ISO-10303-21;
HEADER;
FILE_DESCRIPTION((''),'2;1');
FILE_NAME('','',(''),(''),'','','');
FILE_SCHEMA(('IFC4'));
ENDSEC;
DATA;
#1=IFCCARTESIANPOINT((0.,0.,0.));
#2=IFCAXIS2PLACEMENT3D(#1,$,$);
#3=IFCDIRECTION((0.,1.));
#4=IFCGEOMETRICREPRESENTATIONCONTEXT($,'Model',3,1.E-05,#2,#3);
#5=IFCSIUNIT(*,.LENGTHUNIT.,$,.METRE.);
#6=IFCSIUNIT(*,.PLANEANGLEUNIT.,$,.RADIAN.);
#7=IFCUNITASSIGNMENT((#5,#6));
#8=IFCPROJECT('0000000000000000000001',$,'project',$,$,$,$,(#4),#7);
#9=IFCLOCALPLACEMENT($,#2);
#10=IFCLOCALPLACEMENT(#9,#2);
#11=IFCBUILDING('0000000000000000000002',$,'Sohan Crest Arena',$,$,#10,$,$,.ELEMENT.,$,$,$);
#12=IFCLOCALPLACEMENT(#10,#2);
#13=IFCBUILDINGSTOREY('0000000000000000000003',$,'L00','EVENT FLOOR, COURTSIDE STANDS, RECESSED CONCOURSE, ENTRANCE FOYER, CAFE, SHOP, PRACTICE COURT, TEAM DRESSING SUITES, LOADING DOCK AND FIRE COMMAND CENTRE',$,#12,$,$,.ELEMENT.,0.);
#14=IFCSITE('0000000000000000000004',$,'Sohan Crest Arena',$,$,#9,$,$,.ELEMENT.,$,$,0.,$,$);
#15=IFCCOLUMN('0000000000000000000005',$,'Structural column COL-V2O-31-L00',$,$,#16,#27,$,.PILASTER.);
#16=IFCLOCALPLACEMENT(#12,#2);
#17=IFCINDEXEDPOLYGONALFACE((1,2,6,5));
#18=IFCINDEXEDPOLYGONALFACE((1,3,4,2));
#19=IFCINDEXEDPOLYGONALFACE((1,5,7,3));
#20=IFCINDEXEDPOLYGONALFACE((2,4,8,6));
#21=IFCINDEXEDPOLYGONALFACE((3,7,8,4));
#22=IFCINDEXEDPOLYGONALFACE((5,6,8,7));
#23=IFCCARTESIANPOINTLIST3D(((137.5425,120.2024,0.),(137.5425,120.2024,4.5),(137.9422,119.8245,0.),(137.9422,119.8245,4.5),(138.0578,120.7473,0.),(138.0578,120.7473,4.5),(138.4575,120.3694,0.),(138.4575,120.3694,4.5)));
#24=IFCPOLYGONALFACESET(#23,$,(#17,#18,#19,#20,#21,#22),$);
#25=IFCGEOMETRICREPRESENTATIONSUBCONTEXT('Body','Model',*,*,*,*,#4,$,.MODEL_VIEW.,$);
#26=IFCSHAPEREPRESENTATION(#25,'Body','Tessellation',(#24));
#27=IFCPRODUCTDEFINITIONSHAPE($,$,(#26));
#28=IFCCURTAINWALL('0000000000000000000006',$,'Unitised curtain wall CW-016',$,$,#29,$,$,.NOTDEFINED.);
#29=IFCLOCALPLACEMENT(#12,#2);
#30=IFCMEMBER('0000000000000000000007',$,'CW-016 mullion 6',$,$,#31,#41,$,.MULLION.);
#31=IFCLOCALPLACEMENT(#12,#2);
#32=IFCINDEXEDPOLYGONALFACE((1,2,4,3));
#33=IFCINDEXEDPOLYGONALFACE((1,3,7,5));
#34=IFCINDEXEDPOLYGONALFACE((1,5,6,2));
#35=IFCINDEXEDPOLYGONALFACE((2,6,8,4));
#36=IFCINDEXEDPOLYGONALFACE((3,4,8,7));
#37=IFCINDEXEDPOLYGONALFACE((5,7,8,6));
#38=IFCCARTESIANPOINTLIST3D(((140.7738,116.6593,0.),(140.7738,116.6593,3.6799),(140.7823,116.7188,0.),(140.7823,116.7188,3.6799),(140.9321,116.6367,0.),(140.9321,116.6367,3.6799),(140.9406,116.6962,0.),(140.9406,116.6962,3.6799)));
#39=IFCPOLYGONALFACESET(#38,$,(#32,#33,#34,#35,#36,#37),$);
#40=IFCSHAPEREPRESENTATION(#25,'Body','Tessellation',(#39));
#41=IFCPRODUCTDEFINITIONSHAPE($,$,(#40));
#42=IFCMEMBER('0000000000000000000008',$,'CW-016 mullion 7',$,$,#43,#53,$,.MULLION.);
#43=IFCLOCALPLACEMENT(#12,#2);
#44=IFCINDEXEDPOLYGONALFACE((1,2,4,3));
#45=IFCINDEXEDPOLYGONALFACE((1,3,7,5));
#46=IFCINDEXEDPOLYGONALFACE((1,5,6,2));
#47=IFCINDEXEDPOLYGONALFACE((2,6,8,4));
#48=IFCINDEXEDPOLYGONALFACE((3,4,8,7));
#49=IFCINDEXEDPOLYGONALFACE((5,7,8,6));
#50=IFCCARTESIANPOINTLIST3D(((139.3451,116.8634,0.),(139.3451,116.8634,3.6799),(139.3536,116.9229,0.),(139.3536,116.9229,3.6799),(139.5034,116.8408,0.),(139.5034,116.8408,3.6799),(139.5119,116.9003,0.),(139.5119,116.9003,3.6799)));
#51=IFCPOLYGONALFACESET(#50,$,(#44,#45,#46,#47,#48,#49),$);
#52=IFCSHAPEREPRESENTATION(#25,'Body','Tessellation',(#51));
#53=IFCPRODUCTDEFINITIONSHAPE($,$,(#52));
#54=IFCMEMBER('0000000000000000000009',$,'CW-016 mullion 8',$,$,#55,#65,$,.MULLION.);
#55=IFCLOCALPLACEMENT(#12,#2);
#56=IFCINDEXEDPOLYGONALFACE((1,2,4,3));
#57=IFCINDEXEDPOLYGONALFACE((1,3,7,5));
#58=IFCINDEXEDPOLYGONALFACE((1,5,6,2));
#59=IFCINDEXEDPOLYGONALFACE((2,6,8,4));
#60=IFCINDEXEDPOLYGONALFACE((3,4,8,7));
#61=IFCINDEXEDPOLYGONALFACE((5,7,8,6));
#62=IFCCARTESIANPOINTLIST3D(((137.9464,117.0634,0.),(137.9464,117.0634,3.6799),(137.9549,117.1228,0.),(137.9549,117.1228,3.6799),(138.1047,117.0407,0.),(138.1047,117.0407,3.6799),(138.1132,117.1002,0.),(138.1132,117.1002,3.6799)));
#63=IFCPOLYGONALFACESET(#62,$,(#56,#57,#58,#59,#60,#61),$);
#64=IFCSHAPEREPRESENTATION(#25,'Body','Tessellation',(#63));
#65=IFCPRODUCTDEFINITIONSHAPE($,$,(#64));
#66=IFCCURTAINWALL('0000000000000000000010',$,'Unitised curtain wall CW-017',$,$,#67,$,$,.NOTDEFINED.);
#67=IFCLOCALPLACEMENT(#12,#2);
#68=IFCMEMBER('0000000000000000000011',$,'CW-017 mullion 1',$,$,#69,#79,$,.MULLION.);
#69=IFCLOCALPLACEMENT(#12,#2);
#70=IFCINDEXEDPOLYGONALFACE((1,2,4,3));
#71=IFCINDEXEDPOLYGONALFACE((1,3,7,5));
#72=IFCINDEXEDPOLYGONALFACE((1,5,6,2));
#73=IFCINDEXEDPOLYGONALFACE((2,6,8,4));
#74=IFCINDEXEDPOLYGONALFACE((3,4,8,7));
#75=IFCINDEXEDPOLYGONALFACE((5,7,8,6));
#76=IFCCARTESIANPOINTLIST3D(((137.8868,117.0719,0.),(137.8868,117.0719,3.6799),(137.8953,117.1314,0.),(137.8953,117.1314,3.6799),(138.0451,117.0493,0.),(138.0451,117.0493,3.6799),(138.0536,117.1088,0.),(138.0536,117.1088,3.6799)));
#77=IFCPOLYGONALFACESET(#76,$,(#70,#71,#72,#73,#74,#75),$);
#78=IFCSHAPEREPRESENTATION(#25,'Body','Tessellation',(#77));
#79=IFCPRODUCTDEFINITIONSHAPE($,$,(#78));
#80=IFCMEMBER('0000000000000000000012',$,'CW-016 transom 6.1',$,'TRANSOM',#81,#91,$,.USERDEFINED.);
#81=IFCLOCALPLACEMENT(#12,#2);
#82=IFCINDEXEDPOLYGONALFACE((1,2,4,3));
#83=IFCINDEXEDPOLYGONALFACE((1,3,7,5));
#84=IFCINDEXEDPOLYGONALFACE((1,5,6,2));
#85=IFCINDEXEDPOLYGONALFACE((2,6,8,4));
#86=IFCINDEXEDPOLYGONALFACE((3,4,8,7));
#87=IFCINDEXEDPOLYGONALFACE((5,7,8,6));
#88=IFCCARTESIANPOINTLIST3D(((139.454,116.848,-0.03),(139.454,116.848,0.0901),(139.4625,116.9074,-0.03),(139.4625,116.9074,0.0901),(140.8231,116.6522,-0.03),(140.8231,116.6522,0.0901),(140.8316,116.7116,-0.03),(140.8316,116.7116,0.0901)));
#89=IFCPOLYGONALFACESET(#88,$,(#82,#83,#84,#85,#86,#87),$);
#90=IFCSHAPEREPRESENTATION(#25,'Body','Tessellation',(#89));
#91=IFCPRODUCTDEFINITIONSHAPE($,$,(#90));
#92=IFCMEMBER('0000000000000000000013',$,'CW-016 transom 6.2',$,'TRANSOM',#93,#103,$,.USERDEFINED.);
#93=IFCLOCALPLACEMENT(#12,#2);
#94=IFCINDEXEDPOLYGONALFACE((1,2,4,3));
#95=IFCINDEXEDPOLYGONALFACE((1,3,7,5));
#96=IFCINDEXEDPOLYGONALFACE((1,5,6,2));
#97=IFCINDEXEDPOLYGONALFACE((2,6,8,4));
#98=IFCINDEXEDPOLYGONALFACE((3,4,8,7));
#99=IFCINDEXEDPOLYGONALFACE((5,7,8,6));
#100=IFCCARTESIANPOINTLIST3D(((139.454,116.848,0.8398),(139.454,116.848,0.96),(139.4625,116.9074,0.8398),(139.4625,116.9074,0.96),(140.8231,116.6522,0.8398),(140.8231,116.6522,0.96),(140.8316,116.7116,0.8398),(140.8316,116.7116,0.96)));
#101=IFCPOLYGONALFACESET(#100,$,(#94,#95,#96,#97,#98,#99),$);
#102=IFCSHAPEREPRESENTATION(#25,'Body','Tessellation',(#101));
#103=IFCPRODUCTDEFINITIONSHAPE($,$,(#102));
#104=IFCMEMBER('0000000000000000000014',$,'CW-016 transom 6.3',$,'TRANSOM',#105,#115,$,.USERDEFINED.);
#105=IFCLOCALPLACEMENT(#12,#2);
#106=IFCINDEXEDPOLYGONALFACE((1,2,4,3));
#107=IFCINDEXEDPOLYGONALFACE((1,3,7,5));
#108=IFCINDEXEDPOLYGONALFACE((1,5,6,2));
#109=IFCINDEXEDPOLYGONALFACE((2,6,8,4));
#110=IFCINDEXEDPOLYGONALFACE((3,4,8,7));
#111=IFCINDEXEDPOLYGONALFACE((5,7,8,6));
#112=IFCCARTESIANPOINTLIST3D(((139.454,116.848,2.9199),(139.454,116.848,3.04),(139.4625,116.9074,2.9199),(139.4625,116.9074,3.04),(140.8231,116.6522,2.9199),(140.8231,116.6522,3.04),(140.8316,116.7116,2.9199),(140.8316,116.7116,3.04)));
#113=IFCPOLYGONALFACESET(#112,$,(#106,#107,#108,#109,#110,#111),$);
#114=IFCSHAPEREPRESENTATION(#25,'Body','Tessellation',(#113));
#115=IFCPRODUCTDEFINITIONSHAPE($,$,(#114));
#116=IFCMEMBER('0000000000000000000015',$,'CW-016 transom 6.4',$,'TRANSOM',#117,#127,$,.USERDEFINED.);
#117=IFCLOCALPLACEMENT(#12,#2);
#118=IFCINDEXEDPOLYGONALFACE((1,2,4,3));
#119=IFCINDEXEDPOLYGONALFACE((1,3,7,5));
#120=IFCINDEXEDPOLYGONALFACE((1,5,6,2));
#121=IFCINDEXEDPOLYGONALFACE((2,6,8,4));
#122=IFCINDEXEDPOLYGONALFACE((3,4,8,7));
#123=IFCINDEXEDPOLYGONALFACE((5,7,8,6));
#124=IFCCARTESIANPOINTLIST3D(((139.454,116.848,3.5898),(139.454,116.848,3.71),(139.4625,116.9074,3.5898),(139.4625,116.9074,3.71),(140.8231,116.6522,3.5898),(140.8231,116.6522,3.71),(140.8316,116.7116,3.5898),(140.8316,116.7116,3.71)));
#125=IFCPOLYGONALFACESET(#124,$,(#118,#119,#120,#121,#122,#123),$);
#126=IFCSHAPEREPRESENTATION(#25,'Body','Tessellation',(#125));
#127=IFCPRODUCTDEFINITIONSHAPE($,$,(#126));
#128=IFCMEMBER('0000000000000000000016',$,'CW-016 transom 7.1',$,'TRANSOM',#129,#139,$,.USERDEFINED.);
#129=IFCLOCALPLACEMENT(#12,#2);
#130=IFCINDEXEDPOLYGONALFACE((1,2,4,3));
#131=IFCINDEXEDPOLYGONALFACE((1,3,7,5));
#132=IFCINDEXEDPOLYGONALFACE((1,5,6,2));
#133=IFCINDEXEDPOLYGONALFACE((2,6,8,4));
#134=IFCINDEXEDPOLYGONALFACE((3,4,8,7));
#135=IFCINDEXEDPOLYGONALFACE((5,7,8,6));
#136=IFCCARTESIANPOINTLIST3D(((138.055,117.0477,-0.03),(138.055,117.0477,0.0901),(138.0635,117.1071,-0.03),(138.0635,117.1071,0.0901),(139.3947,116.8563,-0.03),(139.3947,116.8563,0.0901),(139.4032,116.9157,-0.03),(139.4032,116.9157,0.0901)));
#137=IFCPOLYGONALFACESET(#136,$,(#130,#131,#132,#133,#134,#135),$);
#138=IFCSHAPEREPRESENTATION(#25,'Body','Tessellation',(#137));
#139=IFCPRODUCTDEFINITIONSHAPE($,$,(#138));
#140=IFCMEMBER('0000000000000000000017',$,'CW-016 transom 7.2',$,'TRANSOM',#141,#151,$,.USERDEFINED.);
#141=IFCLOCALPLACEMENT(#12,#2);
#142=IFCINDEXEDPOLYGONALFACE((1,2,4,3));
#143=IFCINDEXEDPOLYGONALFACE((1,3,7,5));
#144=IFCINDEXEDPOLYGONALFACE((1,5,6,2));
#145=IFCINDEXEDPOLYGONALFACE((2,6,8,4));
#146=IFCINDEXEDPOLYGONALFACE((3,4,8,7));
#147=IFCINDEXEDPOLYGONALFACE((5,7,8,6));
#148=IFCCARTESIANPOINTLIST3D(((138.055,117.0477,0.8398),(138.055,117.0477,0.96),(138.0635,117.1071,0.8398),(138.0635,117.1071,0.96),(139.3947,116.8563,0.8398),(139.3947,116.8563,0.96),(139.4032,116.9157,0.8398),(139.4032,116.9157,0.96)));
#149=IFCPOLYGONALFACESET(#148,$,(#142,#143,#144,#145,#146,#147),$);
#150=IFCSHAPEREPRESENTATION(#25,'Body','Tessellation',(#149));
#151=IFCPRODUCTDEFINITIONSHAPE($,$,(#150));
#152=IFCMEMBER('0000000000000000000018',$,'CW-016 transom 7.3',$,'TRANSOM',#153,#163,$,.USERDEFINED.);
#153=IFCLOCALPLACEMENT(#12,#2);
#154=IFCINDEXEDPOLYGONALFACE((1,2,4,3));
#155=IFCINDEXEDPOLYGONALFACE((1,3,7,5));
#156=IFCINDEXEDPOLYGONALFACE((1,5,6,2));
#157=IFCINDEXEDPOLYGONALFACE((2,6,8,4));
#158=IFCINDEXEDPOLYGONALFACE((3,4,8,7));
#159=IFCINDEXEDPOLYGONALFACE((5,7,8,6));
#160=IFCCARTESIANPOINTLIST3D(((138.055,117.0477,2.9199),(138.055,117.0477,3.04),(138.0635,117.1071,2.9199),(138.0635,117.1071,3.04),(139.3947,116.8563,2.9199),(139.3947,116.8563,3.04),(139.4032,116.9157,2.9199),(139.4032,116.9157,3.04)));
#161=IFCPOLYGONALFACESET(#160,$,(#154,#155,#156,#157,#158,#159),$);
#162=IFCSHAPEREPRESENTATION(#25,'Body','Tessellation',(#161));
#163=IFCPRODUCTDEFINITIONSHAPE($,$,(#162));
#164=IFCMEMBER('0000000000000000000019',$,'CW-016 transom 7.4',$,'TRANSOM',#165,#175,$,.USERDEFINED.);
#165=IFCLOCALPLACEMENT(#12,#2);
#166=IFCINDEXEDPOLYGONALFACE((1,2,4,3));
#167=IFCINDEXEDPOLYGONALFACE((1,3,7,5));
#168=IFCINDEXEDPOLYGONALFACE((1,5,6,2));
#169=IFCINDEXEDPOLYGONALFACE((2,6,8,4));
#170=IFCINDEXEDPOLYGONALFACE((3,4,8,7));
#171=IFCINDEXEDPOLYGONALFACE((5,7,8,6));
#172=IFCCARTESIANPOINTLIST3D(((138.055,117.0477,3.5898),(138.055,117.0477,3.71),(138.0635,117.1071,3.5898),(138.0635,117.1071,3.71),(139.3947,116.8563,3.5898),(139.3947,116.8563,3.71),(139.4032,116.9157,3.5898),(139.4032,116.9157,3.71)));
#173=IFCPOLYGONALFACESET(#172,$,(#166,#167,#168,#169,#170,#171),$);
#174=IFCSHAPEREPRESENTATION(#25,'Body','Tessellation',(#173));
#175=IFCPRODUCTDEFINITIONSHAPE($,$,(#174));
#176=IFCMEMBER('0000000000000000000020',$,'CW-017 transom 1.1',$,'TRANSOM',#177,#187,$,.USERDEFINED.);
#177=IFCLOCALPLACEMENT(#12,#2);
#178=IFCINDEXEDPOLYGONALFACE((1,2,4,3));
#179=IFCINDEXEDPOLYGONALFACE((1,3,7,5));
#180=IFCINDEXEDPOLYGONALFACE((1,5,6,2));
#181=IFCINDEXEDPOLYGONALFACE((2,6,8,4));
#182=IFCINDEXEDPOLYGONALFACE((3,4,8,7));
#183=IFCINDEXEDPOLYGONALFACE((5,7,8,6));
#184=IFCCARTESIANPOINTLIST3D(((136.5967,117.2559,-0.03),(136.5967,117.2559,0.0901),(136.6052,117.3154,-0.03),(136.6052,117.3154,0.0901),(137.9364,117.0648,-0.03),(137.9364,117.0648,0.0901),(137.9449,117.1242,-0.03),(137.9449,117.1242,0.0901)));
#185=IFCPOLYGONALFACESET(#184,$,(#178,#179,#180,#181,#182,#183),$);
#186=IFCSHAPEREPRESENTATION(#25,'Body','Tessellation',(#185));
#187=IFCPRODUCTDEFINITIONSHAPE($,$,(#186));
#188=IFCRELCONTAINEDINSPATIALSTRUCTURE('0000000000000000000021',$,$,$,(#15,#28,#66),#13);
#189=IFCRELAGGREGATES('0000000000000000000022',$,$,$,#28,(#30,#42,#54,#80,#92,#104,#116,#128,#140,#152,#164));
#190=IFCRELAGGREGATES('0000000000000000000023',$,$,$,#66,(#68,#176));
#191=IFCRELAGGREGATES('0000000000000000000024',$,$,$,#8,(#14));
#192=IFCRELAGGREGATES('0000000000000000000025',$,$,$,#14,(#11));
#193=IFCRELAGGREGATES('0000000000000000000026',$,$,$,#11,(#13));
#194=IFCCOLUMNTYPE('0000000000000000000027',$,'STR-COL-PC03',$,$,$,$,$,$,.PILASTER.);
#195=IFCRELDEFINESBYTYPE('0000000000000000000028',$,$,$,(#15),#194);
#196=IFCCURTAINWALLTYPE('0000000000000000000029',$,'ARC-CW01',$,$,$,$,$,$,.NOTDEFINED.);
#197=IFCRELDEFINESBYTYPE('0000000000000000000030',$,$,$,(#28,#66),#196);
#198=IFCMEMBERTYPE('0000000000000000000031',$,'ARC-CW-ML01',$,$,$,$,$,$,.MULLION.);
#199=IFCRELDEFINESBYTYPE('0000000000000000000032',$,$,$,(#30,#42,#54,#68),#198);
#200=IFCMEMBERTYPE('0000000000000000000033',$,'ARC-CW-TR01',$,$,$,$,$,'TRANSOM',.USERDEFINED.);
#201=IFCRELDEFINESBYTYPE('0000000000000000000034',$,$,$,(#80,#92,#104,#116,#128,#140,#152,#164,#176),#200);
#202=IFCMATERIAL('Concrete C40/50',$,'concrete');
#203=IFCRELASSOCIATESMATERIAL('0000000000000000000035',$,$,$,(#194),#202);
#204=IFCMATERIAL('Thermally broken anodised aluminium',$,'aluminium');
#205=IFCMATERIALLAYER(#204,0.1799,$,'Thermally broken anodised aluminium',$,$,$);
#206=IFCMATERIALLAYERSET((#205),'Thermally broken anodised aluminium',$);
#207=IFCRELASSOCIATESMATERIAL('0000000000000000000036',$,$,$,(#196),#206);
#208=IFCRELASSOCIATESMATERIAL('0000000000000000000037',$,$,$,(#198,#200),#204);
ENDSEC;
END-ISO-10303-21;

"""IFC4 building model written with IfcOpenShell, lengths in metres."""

from ifc_helpers import new_model, si_unit, direction, frame, origin, origin_2d, place, context, subcontext, project, spatial, rectangle, extrude, material, layer, layer_set, material_profile, profile_set, type_object, element, aggregate, save


model = new_model("IFC4")

# Units and contexts
model_context = context("Model", 3, precision=1e-05, world=origin(), true_north=direction((0.0, 1.0)))
body_context = subcontext(model_context, "Body", "Model", "MODEL_VIEW")
ifc_project = project(units=[si_unit("LENGTHUNIT", "METRE"), si_unit("PLANEANGLEUNIT", "RADIAN")], contexts=[model_context])

# Site, building, storey
site_placement = place(None, origin())
site = spatial("IfcSite", under=ifc_project, at=site_placement, Name="Sohan Crest Arena", CompositionType="ELEMENT", RefElevation=0.0)
building_placement = place(site_placement, origin())
building = spatial("IfcBuilding", under=site, at=building_placement, Name="Sohan Crest Arena", CompositionType="ELEMENT")
storey_placement = place(building_placement, origin())
storey = spatial("IfcBuildingStorey", under=building, at=storey_placement, Name="L00", Description="EVENT FLOOR, COURTSIDE STANDS, RECESSED CONCOURSE, ENTRANCE FOYER, CAFE, SHOP, PRACTICE COURT, TEAM DRESSING SUITES, LOADING DOCK AND FIRE COMMAND CENTRE", CompositionType="ELEMENT", Elevation=0.0)

# Column
ifc_material_1 = material(Name="Concrete C40/50", Category="concrete")
ifc_material_profile_1 = material_profile(ifc_material_1, rectangle(XDim=0.75, YDim=0.55, at=origin_2d()), Name="RC 750x550")
ifc_profile_set_1 = profile_set([ifc_material_profile_1], Name="Concrete C40/50")
column_type = type_object("IfcColumnType", Name="STR-COL-PC03", PredefinedType="PILASTER", material=ifc_profile_set_1)
column_placement = place(storey_placement, frame((138.0, 120.2859, 0.0), z_axis=(0.0, 0.0, 1.0), x_axis=(0.687088, 0.726575, 0.0)))
element("IfcColumn", 1, at=column_placement, inside=storey, type_object=column_type, Name="Structural column COL-V2O-31-L00", PredefinedType="PILASTER", context=body_context, shape_type="SweptSolid", body=[
    extrude(rectangle(XDim=0.75, YDim=0.55, at=origin_2d()), origin(), (0.0, 0.0, 1.0), 4.5),
])

# Curtain wall, members
ifc_material_2 = material(Name="Thermally broken anodised aluminium", Category="aluminium")
ifc_layer_1 = layer(ifc_material_2, 0.1799, Name="Thermally broken anodised aluminium")
ifc_layer_set_1 = layer_set([ifc_layer_1], Name="Thermally broken anodised aluminium")
curtain_wall_type = type_object("IfcCurtainWallType", Name="ARC-CW01", PredefinedType="NOTDEFINED", material=ifc_layer_set_1)
curtain_wall_1_placement = place(storey_placement, origin())
curtain_wall_1 = element("IfcCurtainWall", 2, at=curtain_wall_1_placement, inside=storey, type_object=curtain_wall_type, Name="Unitised curtain wall CW-016", PredefinedType="NOTDEFINED")
ifc_material_profile_2 = material_profile(ifc_material_2, rectangle(XDim=0.0601, YDim=0.1599, at=origin_2d()), Name="ALU-MULL 60x160")
ifc_profile_set_2 = profile_set([ifc_material_profile_2], Name="Thermally broken anodised aluminium")
member_type_1 = type_object("IfcMemberType", Name="ARC-CW-ML01", PredefinedType="MULLION", material=ifc_profile_set_2)
member_1_placement = place(storey_placement, frame((140.8572, 116.6777, 0.0), z_axis=(0.0, 0.0, 1.0), x_axis=(-0.141463, -0.989944, 0.0)))
member_1 = element("IfcMember", 3, at=member_1_placement, type_object=member_type_1, Name="CW-016 mullion 6", PredefinedType="MULLION", context=body_context, shape_type="SweptSolid", body=[
    extrude(rectangle(XDim=0.0601, YDim=0.1599, at=origin_2d()), origin(), (0.0, 0.0, 1.0), 3.6799),
])
member_2_placement = place(storey_placement, frame((139.4285, 116.8818, 0.0), z_axis=(0.0, 0.0, 1.0), x_axis=(-0.141463, -0.989944, 0.0)))
member_2 = element("IfcMember", 4, at=member_2_placement, type_object=member_type_1, Name="CW-016 mullion 7", PredefinedType="MULLION", context=body_context, shape_type="SweptSolid", body=[
    extrude(rectangle(XDim=0.0601, YDim=0.1599, at=origin_2d()), origin(), (0.0, 0.0, 1.0), 3.6799),
])
member_3_placement = place(storey_placement, frame((138.0298, 117.0818, 0.0), z_axis=(0.0, 0.0, 1.0), x_axis=(-0.141463, -0.989944, 0.0)))
member_3 = element("IfcMember", 5, at=member_3_placement, type_object=member_type_1, Name="CW-016 mullion 8", PredefinedType="MULLION", context=body_context, shape_type="SweptSolid", body=[
    extrude(rectangle(XDim=0.0601, YDim=0.1599, at=origin_2d()), origin(), (0.0, 0.0, 1.0), 3.6799),
])

# Curtain wall, member
curtain_wall_2_placement = place(storey_placement, origin())
curtain_wall_2 = element("IfcCurtainWall", 6, at=curtain_wall_2_placement, inside=storey, type_object=curtain_wall_type, Name="Unitised curtain wall CW-017", PredefinedType="NOTDEFINED")
member_4_placement = place(storey_placement, frame((137.9702, 117.0903, 0.0), z_axis=(0.0, 0.0, 1.0), x_axis=(-0.141366, -0.989957, 0.0)))
member_4 = element("IfcMember", 7, at=member_4_placement, type_object=member_type_1, Name="CW-017 mullion 1", PredefinedType="MULLION", context=body_context, shape_type="SweptSolid", body=[
    extrude(rectangle(XDim=0.0601, YDim=0.1599, at=origin_2d()), origin(), (0.0, 0.0, 1.0), 3.6799),
])

# Members
ifc_material_profile_3 = material_profile(ifc_material_2, rectangle(XDim=0.0601, YDim=0.1201, at=origin_2d()), Name="ALU-TRAN 60x120")
ifc_profile_set_3 = profile_set([ifc_material_profile_3], Name="Thermally broken anodised aluminium")
member_type_2 = type_object("IfcMemberType", Name="ARC-CW-TR01", ElementType="TRANSOM", PredefinedType="USERDEFINED", material=ifc_profile_set_3)
member_5_placement = place(storey_placement, frame((140.8274, 116.6819, 0.03), z_axis=(-0.989928, 0.14157, 0.0), x_axis=(-0.14157, -0.989928, 0.0)))
member_5 = element("IfcMember", 8, at=member_5_placement, type_object=member_type_2, Name="CW-016 transom 6.1", ObjectType="TRANSOM", PredefinedType="USERDEFINED", context=body_context, shape_type="SweptSolid", body=[
    extrude(rectangle(XDim=0.0601, YDim=0.1201, at=origin_2d()), origin(), (0.0, 0.0, 1.0), 1.3831),
])
member_6_placement = place(storey_placement, frame((140.8274, 116.6819, 0.8999), z_axis=(-0.989928, 0.14157, 0.0), x_axis=(-0.14157, -0.989928, 0.0)))
member_6 = element("IfcMember", 9, at=member_6_placement, type_object=member_type_2, Name="CW-016 transom 6.2", ObjectType="TRANSOM", PredefinedType="USERDEFINED", context=body_context, shape_type="SweptSolid", body=[
    extrude(rectangle(XDim=0.0601, YDim=0.1201, at=origin_2d()), origin(), (0.0, 0.0, 1.0), 1.3831),
])
member_7_placement = place(storey_placement, frame((140.8274, 116.6819, 2.98), z_axis=(-0.989928, 0.14157, 0.0), x_axis=(-0.14157, -0.989928, 0.0)))
member_7 = element("IfcMember", 10, at=member_7_placement, type_object=member_type_2, Name="CW-016 transom 6.3", ObjectType="TRANSOM", PredefinedType="USERDEFINED", context=body_context, shape_type="SweptSolid", body=[
    extrude(rectangle(XDim=0.0601, YDim=0.1201, at=origin_2d()), origin(), (0.0, 0.0, 1.0), 1.3831),
])
member_8_placement = place(storey_placement, frame((140.8274, 116.6819, 3.6499), z_axis=(-0.989928, 0.14157, 0.0), x_axis=(-0.14157, -0.989928, 0.0)))
member_8 = element("IfcMember", 11, at=member_8_placement, type_object=member_type_2, Name="CW-016 transom 6.4", ObjectType="TRANSOM", PredefinedType="USERDEFINED", context=body_context, shape_type="SweptSolid", body=[
    extrude(rectangle(XDim=0.0601, YDim=0.1201, at=origin_2d()), origin(), (0.0, 0.0, 1.0), 1.3831),
])
member_9_placement = place(storey_placement, frame((139.3989, 116.886, 0.03), z_axis=(-0.989946, 0.141447, 0.0), x_axis=(-0.141447, -0.989946, 0.0)))
member_9 = element("IfcMember", 12, at=member_9_placement, type_object=member_type_2, Name="CW-016 transom 7.1", ObjectType="TRANSOM", PredefinedType="USERDEFINED", context=body_context, shape_type="SweptSolid", body=[
    extrude(rectangle(XDim=0.0601, YDim=0.1201, at=origin_2d()), origin(), (0.0, 0.0, 1.0), 1.3533),
])
member_10_placement = place(storey_placement, frame((139.3989, 116.886, 0.8999), z_axis=(-0.989946, 0.141447, 0.0), x_axis=(-0.141447, -0.989946, 0.0)))
member_10 = element("IfcMember", 13, at=member_10_placement, type_object=member_type_2, Name="CW-016 transom 7.2", ObjectType="TRANSOM", PredefinedType="USERDEFINED", context=body_context, shape_type="SweptSolid", body=[
    extrude(rectangle(XDim=0.0601, YDim=0.1201, at=origin_2d()), origin(), (0.0, 0.0, 1.0), 1.3533),
])
member_11_placement = place(storey_placement, frame((139.3989, 116.886, 2.98), z_axis=(-0.989946, 0.141447, 0.0), x_axis=(-0.141447, -0.989946, 0.0)))
member_11 = element("IfcMember", 14, at=member_11_placement, type_object=member_type_2, Name="CW-016 transom 7.3", ObjectType="TRANSOM", PredefinedType="USERDEFINED", context=body_context, shape_type="SweptSolid", body=[
    extrude(rectangle(XDim=0.0601, YDim=0.1201, at=origin_2d()), origin(), (0.0, 0.0, 1.0), 1.3533),
])
member_12_placement = place(storey_placement, frame((139.3989, 116.886, 3.6499), z_axis=(-0.989946, 0.141447, 0.0), x_axis=(-0.141447, -0.989946, 0.0)))
member_12 = element("IfcMember", 15, at=member_12_placement, type_object=member_type_2, Name="CW-016 transom 7.4", ObjectType="TRANSOM", PredefinedType="USERDEFINED", context=body_context, shape_type="SweptSolid", body=[
    extrude(rectangle(XDim=0.0601, YDim=0.1201, at=origin_2d()), origin(), (0.0, 0.0, 1.0), 1.3533),
])
member_13_placement = place(storey_placement, frame((137.9407, 117.0945, 0.03), z_axis=(-0.989971, 0.14127, 0.0), x_axis=(-0.14127, -0.989971, 0.0)))
member_13 = element("IfcMember", 16, at=member_13_placement, type_object=member_type_2, Name="CW-017 transom 1.1", ObjectType="TRANSOM", PredefinedType="USERDEFINED", context=body_context, shape_type="SweptSolid", body=[
    extrude(rectangle(XDim=0.0601, YDim=0.1201, at=origin_2d()), origin(), (0.0, 0.0, 1.0), 1.3533),
])

aggregate(curtain_wall_1, [member_1, member_2, member_3, member_5, member_6, member_7, member_8, member_9, member_10, member_11, member_12])
aggregate(curtain_wall_2, [member_4, member_13])

save(model, "model.ifc")
